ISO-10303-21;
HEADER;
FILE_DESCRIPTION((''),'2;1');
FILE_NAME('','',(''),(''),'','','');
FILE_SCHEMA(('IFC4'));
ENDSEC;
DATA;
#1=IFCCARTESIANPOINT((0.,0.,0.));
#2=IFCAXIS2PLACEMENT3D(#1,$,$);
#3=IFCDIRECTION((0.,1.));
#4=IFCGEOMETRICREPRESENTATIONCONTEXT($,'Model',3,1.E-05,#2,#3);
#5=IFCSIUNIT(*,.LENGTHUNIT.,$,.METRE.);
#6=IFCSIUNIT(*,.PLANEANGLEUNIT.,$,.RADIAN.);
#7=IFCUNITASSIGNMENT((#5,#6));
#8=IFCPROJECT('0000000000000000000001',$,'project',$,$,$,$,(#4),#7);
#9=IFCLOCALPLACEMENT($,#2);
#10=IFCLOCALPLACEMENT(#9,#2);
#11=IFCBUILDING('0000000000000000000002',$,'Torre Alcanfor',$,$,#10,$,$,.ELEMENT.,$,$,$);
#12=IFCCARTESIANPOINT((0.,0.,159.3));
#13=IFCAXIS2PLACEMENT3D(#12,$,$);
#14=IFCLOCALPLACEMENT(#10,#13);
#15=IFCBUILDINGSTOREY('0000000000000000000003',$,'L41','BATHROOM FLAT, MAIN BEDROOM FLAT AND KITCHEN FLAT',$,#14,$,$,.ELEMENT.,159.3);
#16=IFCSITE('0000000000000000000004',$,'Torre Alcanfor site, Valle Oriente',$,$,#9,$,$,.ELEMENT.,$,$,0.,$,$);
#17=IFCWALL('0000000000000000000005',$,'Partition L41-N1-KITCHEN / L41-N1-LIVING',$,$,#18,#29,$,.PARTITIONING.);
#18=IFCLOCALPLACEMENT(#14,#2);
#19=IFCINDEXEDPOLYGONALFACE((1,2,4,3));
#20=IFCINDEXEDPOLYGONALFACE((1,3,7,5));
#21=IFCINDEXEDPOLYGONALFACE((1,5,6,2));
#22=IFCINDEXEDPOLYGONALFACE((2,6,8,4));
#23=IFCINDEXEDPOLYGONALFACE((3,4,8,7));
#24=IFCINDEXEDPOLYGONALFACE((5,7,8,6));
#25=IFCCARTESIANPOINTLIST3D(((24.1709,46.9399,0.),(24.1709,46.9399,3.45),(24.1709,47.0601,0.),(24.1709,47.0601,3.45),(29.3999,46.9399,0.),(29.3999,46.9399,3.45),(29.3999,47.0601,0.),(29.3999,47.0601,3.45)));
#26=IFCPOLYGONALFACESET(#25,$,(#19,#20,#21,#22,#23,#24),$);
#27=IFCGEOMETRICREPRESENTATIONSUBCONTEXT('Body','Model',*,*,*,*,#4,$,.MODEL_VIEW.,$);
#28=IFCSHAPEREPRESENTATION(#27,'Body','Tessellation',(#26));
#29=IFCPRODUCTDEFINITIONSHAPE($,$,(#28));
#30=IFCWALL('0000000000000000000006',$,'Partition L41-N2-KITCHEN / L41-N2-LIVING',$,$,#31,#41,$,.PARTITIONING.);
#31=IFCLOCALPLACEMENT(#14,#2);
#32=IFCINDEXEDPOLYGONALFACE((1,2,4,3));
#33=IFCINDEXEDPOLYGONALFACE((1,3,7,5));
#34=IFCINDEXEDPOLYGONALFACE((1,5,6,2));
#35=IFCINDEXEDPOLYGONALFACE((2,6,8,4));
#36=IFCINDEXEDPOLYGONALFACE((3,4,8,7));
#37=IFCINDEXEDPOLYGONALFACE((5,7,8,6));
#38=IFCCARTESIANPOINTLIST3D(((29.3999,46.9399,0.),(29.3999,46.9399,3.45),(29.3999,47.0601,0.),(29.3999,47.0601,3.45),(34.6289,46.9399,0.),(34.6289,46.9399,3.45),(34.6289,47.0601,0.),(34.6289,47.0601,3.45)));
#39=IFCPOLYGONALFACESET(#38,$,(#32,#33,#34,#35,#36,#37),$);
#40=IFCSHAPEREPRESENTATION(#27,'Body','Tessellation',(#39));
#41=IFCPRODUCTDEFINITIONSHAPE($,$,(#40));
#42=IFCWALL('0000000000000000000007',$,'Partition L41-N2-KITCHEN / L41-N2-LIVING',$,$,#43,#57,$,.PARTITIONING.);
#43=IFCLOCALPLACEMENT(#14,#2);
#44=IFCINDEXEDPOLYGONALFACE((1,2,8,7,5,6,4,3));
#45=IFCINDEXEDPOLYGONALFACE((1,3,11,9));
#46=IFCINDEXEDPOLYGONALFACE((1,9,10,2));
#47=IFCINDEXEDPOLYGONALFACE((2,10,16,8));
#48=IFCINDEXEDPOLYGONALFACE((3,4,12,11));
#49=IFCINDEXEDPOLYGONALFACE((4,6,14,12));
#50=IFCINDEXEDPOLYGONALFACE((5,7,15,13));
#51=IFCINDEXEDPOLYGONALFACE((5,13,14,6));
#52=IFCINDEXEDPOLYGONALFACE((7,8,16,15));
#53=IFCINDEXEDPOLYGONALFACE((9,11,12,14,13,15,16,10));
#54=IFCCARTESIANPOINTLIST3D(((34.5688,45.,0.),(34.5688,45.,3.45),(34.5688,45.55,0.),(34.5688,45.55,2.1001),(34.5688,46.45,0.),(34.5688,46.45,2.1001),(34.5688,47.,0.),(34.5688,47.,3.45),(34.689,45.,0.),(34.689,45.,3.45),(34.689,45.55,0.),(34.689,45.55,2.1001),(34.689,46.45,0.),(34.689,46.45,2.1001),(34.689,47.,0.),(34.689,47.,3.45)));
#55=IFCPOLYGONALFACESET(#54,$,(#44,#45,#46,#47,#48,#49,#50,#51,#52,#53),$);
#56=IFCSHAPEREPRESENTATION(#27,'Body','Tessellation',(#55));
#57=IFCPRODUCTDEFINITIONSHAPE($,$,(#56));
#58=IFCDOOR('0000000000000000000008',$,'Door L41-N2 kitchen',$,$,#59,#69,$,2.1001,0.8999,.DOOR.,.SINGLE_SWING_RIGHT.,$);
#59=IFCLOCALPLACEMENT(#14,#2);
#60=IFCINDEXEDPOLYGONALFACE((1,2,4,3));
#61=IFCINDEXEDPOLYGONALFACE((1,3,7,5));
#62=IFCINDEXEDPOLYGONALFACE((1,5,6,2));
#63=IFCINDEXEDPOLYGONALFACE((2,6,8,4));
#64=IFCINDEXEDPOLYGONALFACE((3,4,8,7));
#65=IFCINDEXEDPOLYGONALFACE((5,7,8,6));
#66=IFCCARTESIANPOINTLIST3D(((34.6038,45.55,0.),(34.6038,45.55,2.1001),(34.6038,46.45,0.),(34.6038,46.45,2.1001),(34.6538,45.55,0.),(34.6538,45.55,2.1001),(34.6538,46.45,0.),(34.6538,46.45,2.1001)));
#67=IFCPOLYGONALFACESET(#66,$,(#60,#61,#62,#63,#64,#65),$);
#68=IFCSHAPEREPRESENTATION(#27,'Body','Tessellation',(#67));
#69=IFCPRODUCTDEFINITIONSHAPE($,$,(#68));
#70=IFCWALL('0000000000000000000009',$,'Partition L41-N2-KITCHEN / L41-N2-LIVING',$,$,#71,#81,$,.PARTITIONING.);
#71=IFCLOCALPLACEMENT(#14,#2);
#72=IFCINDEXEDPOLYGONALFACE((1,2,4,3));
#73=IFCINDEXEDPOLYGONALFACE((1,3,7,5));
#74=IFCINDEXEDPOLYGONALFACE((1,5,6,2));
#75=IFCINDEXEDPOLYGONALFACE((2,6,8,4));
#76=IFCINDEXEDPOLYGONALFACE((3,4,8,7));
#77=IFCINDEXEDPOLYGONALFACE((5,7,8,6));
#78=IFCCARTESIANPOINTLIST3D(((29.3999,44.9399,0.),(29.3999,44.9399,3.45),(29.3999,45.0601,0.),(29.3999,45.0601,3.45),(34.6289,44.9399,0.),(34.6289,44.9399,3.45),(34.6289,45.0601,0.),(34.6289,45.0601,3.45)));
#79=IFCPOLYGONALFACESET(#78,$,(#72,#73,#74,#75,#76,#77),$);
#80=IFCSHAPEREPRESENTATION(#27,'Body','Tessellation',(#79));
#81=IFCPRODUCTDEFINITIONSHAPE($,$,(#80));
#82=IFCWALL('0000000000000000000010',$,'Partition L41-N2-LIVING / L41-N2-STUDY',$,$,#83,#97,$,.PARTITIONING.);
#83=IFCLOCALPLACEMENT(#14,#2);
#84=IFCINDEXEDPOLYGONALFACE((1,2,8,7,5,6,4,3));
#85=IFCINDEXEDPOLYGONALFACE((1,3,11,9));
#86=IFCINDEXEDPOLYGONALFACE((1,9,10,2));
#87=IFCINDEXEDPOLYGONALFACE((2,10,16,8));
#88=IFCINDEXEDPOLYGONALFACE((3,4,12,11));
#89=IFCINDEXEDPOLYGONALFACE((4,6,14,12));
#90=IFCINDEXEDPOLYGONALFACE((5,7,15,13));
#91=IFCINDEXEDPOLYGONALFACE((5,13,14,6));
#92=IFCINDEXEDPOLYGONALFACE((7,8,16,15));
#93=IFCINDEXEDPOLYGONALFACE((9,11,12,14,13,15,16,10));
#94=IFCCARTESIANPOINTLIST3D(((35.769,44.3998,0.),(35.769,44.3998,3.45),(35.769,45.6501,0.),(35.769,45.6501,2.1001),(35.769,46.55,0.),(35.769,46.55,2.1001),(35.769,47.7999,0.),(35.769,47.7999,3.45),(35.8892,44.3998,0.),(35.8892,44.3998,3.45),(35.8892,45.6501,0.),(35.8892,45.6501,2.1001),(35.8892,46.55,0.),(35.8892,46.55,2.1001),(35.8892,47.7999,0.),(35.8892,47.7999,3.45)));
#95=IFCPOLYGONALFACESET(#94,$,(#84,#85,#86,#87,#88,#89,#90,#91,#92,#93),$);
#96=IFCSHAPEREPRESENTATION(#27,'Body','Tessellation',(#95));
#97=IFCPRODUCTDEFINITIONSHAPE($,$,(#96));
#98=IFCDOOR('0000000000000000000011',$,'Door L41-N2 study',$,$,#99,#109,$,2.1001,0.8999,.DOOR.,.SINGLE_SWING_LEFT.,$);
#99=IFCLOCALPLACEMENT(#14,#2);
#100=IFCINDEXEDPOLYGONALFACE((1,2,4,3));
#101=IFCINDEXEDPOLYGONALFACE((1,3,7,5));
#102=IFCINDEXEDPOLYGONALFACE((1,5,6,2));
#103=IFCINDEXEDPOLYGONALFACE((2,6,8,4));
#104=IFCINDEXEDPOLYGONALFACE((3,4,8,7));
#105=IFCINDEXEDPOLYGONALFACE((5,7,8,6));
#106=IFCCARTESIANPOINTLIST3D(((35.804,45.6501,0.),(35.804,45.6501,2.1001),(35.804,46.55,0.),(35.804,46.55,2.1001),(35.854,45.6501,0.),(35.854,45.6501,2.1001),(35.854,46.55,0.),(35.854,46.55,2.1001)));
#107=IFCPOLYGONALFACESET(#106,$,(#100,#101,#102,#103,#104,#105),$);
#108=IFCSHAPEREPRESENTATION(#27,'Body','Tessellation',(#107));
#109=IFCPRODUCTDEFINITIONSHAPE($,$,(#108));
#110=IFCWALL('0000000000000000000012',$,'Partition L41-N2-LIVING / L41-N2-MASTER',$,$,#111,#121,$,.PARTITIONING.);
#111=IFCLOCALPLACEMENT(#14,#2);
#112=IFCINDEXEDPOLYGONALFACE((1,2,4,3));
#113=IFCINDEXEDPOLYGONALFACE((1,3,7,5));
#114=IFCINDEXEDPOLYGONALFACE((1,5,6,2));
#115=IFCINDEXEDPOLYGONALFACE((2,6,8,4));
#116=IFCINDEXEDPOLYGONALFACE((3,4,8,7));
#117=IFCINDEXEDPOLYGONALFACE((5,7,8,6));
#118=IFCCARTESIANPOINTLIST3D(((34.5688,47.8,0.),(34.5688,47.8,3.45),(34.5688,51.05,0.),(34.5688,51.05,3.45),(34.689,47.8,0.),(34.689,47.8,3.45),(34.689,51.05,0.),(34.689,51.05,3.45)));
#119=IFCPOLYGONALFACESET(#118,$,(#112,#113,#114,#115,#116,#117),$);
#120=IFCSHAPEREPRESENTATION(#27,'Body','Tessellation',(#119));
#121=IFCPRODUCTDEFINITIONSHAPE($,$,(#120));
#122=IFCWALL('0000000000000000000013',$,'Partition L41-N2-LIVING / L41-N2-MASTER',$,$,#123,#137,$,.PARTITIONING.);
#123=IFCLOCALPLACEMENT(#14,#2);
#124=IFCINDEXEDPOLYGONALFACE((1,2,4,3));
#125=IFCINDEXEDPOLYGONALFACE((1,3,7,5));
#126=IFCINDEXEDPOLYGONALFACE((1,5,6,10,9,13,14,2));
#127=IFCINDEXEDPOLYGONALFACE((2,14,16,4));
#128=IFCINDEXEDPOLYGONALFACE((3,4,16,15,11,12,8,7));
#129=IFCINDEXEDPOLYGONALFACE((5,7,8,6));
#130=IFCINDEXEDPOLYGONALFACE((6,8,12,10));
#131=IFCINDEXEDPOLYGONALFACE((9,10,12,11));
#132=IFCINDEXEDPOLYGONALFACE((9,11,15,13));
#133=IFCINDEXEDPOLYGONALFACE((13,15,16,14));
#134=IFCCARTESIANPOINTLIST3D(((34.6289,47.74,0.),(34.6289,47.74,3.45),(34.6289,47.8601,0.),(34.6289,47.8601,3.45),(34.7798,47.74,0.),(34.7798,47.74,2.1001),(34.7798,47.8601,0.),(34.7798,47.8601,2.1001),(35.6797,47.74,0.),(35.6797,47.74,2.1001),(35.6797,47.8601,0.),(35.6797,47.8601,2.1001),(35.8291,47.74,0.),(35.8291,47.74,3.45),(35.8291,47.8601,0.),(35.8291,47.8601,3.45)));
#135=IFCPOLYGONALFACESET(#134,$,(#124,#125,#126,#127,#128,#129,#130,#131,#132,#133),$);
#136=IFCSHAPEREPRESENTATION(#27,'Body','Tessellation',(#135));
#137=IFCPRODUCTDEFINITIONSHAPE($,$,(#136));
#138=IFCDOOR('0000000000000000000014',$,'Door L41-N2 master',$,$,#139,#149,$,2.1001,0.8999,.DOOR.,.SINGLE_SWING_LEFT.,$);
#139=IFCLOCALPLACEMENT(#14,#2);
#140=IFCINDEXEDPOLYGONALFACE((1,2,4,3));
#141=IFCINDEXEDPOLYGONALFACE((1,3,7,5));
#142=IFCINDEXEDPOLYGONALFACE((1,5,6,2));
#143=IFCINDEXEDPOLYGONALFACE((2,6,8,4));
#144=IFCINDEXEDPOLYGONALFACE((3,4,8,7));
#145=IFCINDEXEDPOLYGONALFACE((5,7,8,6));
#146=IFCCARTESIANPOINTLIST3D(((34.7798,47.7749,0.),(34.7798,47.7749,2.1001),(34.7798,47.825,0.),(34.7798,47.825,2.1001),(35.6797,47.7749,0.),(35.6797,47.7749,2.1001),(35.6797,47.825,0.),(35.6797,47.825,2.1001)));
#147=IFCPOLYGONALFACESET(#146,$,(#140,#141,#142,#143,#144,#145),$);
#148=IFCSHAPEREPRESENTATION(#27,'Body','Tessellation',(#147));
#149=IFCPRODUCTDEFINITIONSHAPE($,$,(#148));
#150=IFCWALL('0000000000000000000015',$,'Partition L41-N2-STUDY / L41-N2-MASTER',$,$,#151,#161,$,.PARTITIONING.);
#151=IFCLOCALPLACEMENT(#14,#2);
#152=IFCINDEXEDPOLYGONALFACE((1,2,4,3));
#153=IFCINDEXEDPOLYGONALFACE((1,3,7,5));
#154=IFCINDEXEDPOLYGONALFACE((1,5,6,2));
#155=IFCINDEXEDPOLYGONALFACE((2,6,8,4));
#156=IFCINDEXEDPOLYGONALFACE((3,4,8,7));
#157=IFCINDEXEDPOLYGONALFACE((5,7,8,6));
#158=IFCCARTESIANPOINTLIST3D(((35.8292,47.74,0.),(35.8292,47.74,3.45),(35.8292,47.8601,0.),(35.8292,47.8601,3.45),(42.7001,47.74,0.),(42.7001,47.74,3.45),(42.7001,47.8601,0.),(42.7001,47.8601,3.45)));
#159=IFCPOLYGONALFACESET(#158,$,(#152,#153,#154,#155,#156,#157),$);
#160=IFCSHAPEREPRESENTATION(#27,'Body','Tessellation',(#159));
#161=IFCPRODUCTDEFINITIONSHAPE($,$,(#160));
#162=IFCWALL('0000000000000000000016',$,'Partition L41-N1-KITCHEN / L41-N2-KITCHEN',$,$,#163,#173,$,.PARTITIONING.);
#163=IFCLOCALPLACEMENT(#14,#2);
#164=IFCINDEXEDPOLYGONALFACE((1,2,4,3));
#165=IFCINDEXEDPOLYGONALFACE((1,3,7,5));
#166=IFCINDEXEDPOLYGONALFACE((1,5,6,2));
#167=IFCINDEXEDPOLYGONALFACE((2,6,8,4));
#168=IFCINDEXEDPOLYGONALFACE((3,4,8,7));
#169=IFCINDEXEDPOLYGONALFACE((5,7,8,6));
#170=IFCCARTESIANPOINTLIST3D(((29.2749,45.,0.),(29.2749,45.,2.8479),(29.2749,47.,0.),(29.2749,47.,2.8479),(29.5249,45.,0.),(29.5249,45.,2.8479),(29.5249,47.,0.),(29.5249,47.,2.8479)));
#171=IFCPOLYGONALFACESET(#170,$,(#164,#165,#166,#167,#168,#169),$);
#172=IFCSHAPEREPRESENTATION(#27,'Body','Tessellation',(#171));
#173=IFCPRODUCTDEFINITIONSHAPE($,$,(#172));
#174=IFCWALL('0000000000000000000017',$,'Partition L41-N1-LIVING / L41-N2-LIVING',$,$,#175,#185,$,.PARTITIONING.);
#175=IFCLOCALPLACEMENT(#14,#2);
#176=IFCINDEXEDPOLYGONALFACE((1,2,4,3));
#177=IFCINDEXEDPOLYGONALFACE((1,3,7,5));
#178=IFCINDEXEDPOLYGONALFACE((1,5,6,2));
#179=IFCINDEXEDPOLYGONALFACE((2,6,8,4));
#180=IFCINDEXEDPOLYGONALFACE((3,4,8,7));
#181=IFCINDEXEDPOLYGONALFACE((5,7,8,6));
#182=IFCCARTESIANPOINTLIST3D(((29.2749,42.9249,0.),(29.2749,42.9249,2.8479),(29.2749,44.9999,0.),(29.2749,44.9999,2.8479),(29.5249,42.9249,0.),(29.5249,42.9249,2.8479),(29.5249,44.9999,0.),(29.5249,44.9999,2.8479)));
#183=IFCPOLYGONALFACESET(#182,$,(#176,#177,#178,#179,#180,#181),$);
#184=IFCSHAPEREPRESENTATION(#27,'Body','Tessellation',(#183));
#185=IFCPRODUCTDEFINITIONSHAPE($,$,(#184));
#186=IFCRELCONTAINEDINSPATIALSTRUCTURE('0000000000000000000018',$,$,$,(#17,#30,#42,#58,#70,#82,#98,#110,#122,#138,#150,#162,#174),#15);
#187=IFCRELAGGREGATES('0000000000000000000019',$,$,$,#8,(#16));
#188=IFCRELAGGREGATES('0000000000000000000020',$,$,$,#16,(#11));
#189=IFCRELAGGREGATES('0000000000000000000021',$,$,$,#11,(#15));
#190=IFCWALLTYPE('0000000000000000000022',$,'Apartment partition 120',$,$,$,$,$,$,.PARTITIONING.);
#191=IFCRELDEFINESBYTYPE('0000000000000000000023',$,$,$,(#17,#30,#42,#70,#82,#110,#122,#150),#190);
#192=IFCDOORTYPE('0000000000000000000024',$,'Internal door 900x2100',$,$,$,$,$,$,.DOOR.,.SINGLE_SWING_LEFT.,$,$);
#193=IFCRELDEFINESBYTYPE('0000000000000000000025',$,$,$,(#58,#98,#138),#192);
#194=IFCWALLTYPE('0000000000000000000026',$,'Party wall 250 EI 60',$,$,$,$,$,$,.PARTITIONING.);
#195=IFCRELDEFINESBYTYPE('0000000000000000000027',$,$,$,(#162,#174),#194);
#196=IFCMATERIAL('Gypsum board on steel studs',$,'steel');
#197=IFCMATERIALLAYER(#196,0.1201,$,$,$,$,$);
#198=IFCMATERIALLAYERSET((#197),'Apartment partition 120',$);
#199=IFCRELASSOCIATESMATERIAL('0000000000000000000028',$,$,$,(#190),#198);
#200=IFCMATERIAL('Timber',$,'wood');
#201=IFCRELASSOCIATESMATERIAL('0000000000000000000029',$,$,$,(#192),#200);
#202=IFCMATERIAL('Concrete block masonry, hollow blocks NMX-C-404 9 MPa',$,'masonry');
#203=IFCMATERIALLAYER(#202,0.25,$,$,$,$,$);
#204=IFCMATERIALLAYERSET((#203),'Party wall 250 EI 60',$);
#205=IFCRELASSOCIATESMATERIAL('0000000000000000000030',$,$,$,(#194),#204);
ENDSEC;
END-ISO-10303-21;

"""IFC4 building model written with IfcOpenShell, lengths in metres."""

from ifc_helpers import new_model, si_unit, direction, frame, frame_2d, origin, place, context, subcontext, project, spatial, rectangle, extrude, material, layer, layer_set, type_object, element, fill, save


model = new_model("IFC4")

# Units and contexts
model_context = context("Model", 3, precision=1e-05, world=origin(), true_north=direction((0.0, 1.0)))
body_context = subcontext(model_context, "Body", "Model", "MODEL_VIEW")
ifc_project = project(units=[si_unit("LENGTHUNIT", "METRE"), si_unit("PLANEANGLEUNIT", "RADIAN")], contexts=[model_context])

# Site, building, storey
site_placement = place(None, origin())
site = spatial("IfcSite", under=ifc_project, at=site_placement, Name="Torre Alcanfor site, Valle Oriente", CompositionType="ELEMENT", RefElevation=0.0)
building_placement = place(site_placement, origin())
building = spatial("IfcBuilding", under=site, at=building_placement, Name="Torre Alcanfor", CompositionType="ELEMENT")
storey_placement = place(building_placement, frame((0.0, 0.0, 159.3)))
storey = spatial("IfcBuildingStorey", under=building, at=storey_placement, Name="L41", Description="BATHROOM FLAT, MAIN BEDROOM FLAT AND KITCHEN FLAT", CompositionType="ELEMENT", Elevation=159.3)

# Walls
ifc_material_1 = material(Name="Gypsum board on steel studs", Category="steel")
ifc_layer_1 = layer(ifc_material_1, 0.1201)
ifc_layer_set_1 = layer_set([ifc_layer_1], Name="Apartment partition 120")
wall_type_1 = type_object("IfcWallType", Name="Apartment partition 120", PredefinedType="PARTITIONING", material=ifc_layer_set_1)
for number, where, z_axis, x_axis, name in (
    (1, (29.3999, 47.0, 0.0), (0.0, 0.0, 1.0), (-1.0, 0.0, 0.0), "Partition L41-N1-KITCHEN / L41-N1-LIVING"),
    (2, (29.3999, 47.0, 0.0), (0.0, 0.0, 1.0), (1.0, 0.0, 0.0), "Partition L41-N2-KITCHEN / L41-N2-LIVING"),
):
    element("IfcWall", number, at=place(storey_placement, frame(where, z_axis=z_axis, x_axis=x_axis)), inside=storey, type_object=wall_type_1, Name=name, PredefinedType="PARTITIONING", context=body_context, shape_type="SweptSolid", body=[
        extrude(rectangle(XDim=5.229, YDim=0.1201, at=frame_2d((2.6145, 0.0))), origin(), (0.0, 0.0, 1.0), 3.45),
    ])

# Wall, opening, door
wall_1_placement = place(storey_placement, frame((34.6289, 47.0, 0.0), z_axis=(0.0, 0.0, 1.0), x_axis=(0.0, -1.0, 0.0)))
wall_1 = element("IfcWall", 3, at=wall_1_placement, inside=storey, type_object=wall_type_1, Name="Partition L41-N2-KITCHEN / L41-N2-LIVING", PredefinedType="PARTITIONING", context=body_context, shape_type="SweptSolid", body=[
    extrude(rectangle(XDim=2.0, YDim=0.1201, at=frame_2d((1.0, 0.0))), origin(), (0.0, 0.0, 1.0), 3.45),
])
opening_1_placement = place(wall_1_placement, frame((0.55, 0.0, 0.0)))
opening_1 = element("IfcOpeningElement", 4, at=opening_1_placement, cuts=wall_1, PredefinedType="OPENING", context=body_context, shape_type="SweptSolid", body=[
    extrude(rectangle(XDim=0.8999, YDim=2.1001, at=frame_2d((0.45, 1.05))), frame((0.0, 0.0701, 0.0), z_axis=(0.0, -1.0, 0.0), x_axis=(1.0, 0.0, 0.0)), (0.0, 0.0, 1.0), 0.1401),
])
ifc_material_2 = material(Name="Timber", Category="wood")
door_type_1 = type_object("IfcDoorType", Name="Internal door 900x2100", OperationType="SINGLE_SWING_LEFT", PredefinedType="DOOR", material=ifc_material_2)
door_1_placement = place(opening_1_placement, frame((0.8999, 0.0, 0.0), z_axis=(0.0, 0.0, 1.0), x_axis=(-1.0, 0.0, 0.0)))
door_1 = element("IfcDoor", 5, at=door_1_placement, inside=storey, type_object=door_type_1, Name="Door L41-N2 kitchen", OperationType="SINGLE_SWING_RIGHT", OverallHeight=2.1001, OverallWidth=0.8999, PredefinedType="DOOR", context=body_context, shape_type="SweptSolid", body=[
    extrude(rectangle(XDim=0.8999, YDim=2.1001, at=frame_2d((0.45, 1.05))), frame((0.0, 0.0251, 0.0), z_axis=(0.0, -1.0, 0.0), x_axis=(1.0, 0.0, 0.0)), (0.0, 0.0, 1.0), 0.05),
])
fill(opening_1, door_1)

# Wall
wall_2_placement = place(storey_placement, frame((34.6289, 45.0, 0.0), z_axis=(0.0, 0.0, 1.0), x_axis=(-1.0, 0.0, 0.0)))
element("IfcWall", 6, at=wall_2_placement, inside=storey, type_object=wall_type_1, Name="Partition L41-N2-KITCHEN / L41-N2-LIVING", PredefinedType="PARTITIONING", context=body_context, shape_type="SweptSolid", body=[
    extrude(rectangle(XDim=5.229, YDim=0.1201, at=frame_2d((2.6145, 0.0))), origin(), (0.0, 0.0, 1.0), 3.45),
])

# Wall, opening, door
wall_3_placement = place(storey_placement, frame((35.8291, 47.8, 0.0), z_axis=(0.0, 0.0, 1.0), x_axis=(0.0, -1.0, 0.0)))
wall_3 = element("IfcWall", 7, at=wall_3_placement, inside=storey, type_object=wall_type_1, Name="Partition L41-N2-LIVING / L41-N2-STUDY", PredefinedType="PARTITIONING", context=body_context, shape_type="SweptSolid", body=[
    extrude(rectangle(XDim=3.4001, YDim=0.1201, at=frame_2d((1.7002, 0.0))), origin(), (0.0, 0.0, 1.0), 3.45),
])
opening_2_placement = place(wall_3_placement, frame((1.25, 0.0, 0.0)))
opening_2 = element("IfcOpeningElement", 8, at=opening_2_placement, cuts=wall_3, PredefinedType="OPENING", context=body_context, shape_type="SweptSolid", body=[
    extrude(rectangle(XDim=0.8999, YDim=2.1001, at=frame_2d((0.45, 1.05))), frame((0.0, 0.0701, 0.0), z_axis=(0.0, -1.0, 0.0), x_axis=(1.0, 0.0, 0.0)), (0.0, 0.0, 1.0), 0.1401),
])
door_2_placement = place(opening_2_placement, origin())
door_2 = element("IfcDoor", 9, at=door_2_placement, inside=storey, type_object=door_type_1, Name="Door L41-N2 study", OperationType="SINGLE_SWING_LEFT", OverallHeight=2.1001, OverallWidth=0.8999, PredefinedType="DOOR", context=body_context, shape_type="SweptSolid", body=[
    extrude(rectangle(XDim=0.8999, YDim=2.1001, at=frame_2d((0.45, 1.05))), frame((0.0, 0.0249, 0.0), z_axis=(0.0, -1.0, 0.0), x_axis=(1.0, 0.0, 0.0)), (0.0, 0.0, 1.0), 0.05),
])
fill(opening_2, door_2)

# Wall
wall_4_placement = place(storey_placement, frame((34.6289, 51.05, 0.0), z_axis=(0.0, 0.0, 1.0), x_axis=(0.0, -1.0, 0.0)))
element("IfcWall", 10, at=wall_4_placement, inside=storey, type_object=wall_type_1, Name="Partition L41-N2-LIVING / L41-N2-MASTER", PredefinedType="PARTITIONING", context=body_context, shape_type="SweptSolid", body=[
    extrude(rectangle(XDim=3.25, YDim=0.1201, at=frame_2d((1.625, 0.0))), origin(), (0.0, 0.0, 1.0), 3.45),
])

# Wall, opening, door
wall_5_placement = place(storey_placement, frame((34.6289, 47.8, 0.0), z_axis=(0.0, 0.0, 1.0), x_axis=(1.0, 0.0, 0.0)))
wall_5 = element("IfcWall", 11, at=wall_5_placement, inside=storey, type_object=wall_type_1, Name="Partition L41-N2-LIVING / L41-N2-MASTER", PredefinedType="PARTITIONING", context=body_context, shape_type="SweptSolid", body=[
    extrude(rectangle(XDim=1.2002, YDim=0.1201, at=frame_2d((0.6001, 0.0))), origin(), (0.0, 0.0, 1.0), 3.45),
])
opening_3_placement = place(wall_5_placement, frame((0.1509, 0.0, 0.0)))
opening_3 = element("IfcOpeningElement", 12, at=opening_3_placement, cuts=wall_5, PredefinedType="OPENING", context=body_context, shape_type="SweptSolid", body=[
    extrude(rectangle(XDim=0.8999, YDim=2.1001, at=frame_2d((0.45, 1.05))), frame((0.0, 0.0701, 0.0), z_axis=(0.0, -1.0, 0.0), x_axis=(1.0, 0.0, 0.0)), (0.0, 0.0, 1.0), 0.1401),
])
door_3_placement = place(opening_3_placement, origin())
door_3 = element("IfcDoor", 13, at=door_3_placement, inside=storey, type_object=door_type_1, Name="Door L41-N2 master", OperationType="SINGLE_SWING_LEFT", OverallHeight=2.1001, OverallWidth=0.8999, PredefinedType="DOOR", context=body_context, shape_type="SweptSolid", body=[
    extrude(rectangle(XDim=0.8999, YDim=2.1001, at=frame_2d((0.45, 1.05))), frame((0.0, 0.0249, 0.0), z_axis=(0.0, -1.0, 0.0), x_axis=(1.0, 0.0, 0.0)), (0.0, 0.0, 1.0), 0.05),
])
fill(opening_3, door_3)

# Walls
wall_6_placement = place(storey_placement, frame((35.8291, 47.8, 0.0), z_axis=(0.0, 0.0, 1.0), x_axis=(1.0, 0.0, 0.0)))
element("IfcWall", 14, at=wall_6_placement, inside=storey, type_object=wall_type_1, Name="Partition L41-N2-STUDY / L41-N2-MASTER", PredefinedType="PARTITIONING", context=body_context, shape_type="SweptSolid", body=[
    extrude(rectangle(XDim=6.8708, YDim=0.1201, at=frame_2d((3.4355, 0.0))), origin(), (0.0, 0.0, 1.0), 3.45),
])
ifc_material_3 = material(Name="Concrete block masonry, hollow blocks NMX-C-404 9 MPa", Category="masonry")
ifc_layer_2 = layer(ifc_material_3, 0.25)
ifc_layer_set_2 = layer_set([ifc_layer_2], Name="Party wall 250 EI 60")
wall_type_2 = type_object("IfcWallType", Name="Party wall 250 EI 60", PredefinedType="PARTITIONING", material=ifc_layer_set_2)
wall_7_placement = place(storey_placement, frame((29.3999, 45.0, 0.0), z_axis=(0.0, 0.0, 1.0), x_axis=(0.0, 1.0, 0.0)))
element("IfcWall", 15, at=wall_7_placement, inside=storey, type_object=wall_type_2, Name="Partition L41-N1-KITCHEN / L41-N2-KITCHEN", PredefinedType="PARTITIONING", context=body_context, shape_type="SweptSolid", body=[
    extrude(rectangle(XDim=2.0, YDim=0.25, at=frame_2d((1.0, 0.0))), origin(), (0.0, 0.0, 1.0), 2.8479),
])
wall_8_placement = place(storey_placement, frame((29.3999, 45.0, 0.0), z_axis=(0.0, 0.0, 1.0), x_axis=(0.0, -1.0, 0.0)))
element("IfcWall", 16, at=wall_8_placement, inside=storey, type_object=wall_type_2, Name="Partition L41-N1-LIVING / L41-N2-LIVING", PredefinedType="PARTITIONING", context=body_context, shape_type="SweptSolid", body=[
    extrude(rectangle(XDim=2.075, YDim=0.25, at=frame_2d((1.0376, 0.0))), origin(), (0.0, 0.0, 1.0), 2.8479),
])

save(model, "model.ifc")
